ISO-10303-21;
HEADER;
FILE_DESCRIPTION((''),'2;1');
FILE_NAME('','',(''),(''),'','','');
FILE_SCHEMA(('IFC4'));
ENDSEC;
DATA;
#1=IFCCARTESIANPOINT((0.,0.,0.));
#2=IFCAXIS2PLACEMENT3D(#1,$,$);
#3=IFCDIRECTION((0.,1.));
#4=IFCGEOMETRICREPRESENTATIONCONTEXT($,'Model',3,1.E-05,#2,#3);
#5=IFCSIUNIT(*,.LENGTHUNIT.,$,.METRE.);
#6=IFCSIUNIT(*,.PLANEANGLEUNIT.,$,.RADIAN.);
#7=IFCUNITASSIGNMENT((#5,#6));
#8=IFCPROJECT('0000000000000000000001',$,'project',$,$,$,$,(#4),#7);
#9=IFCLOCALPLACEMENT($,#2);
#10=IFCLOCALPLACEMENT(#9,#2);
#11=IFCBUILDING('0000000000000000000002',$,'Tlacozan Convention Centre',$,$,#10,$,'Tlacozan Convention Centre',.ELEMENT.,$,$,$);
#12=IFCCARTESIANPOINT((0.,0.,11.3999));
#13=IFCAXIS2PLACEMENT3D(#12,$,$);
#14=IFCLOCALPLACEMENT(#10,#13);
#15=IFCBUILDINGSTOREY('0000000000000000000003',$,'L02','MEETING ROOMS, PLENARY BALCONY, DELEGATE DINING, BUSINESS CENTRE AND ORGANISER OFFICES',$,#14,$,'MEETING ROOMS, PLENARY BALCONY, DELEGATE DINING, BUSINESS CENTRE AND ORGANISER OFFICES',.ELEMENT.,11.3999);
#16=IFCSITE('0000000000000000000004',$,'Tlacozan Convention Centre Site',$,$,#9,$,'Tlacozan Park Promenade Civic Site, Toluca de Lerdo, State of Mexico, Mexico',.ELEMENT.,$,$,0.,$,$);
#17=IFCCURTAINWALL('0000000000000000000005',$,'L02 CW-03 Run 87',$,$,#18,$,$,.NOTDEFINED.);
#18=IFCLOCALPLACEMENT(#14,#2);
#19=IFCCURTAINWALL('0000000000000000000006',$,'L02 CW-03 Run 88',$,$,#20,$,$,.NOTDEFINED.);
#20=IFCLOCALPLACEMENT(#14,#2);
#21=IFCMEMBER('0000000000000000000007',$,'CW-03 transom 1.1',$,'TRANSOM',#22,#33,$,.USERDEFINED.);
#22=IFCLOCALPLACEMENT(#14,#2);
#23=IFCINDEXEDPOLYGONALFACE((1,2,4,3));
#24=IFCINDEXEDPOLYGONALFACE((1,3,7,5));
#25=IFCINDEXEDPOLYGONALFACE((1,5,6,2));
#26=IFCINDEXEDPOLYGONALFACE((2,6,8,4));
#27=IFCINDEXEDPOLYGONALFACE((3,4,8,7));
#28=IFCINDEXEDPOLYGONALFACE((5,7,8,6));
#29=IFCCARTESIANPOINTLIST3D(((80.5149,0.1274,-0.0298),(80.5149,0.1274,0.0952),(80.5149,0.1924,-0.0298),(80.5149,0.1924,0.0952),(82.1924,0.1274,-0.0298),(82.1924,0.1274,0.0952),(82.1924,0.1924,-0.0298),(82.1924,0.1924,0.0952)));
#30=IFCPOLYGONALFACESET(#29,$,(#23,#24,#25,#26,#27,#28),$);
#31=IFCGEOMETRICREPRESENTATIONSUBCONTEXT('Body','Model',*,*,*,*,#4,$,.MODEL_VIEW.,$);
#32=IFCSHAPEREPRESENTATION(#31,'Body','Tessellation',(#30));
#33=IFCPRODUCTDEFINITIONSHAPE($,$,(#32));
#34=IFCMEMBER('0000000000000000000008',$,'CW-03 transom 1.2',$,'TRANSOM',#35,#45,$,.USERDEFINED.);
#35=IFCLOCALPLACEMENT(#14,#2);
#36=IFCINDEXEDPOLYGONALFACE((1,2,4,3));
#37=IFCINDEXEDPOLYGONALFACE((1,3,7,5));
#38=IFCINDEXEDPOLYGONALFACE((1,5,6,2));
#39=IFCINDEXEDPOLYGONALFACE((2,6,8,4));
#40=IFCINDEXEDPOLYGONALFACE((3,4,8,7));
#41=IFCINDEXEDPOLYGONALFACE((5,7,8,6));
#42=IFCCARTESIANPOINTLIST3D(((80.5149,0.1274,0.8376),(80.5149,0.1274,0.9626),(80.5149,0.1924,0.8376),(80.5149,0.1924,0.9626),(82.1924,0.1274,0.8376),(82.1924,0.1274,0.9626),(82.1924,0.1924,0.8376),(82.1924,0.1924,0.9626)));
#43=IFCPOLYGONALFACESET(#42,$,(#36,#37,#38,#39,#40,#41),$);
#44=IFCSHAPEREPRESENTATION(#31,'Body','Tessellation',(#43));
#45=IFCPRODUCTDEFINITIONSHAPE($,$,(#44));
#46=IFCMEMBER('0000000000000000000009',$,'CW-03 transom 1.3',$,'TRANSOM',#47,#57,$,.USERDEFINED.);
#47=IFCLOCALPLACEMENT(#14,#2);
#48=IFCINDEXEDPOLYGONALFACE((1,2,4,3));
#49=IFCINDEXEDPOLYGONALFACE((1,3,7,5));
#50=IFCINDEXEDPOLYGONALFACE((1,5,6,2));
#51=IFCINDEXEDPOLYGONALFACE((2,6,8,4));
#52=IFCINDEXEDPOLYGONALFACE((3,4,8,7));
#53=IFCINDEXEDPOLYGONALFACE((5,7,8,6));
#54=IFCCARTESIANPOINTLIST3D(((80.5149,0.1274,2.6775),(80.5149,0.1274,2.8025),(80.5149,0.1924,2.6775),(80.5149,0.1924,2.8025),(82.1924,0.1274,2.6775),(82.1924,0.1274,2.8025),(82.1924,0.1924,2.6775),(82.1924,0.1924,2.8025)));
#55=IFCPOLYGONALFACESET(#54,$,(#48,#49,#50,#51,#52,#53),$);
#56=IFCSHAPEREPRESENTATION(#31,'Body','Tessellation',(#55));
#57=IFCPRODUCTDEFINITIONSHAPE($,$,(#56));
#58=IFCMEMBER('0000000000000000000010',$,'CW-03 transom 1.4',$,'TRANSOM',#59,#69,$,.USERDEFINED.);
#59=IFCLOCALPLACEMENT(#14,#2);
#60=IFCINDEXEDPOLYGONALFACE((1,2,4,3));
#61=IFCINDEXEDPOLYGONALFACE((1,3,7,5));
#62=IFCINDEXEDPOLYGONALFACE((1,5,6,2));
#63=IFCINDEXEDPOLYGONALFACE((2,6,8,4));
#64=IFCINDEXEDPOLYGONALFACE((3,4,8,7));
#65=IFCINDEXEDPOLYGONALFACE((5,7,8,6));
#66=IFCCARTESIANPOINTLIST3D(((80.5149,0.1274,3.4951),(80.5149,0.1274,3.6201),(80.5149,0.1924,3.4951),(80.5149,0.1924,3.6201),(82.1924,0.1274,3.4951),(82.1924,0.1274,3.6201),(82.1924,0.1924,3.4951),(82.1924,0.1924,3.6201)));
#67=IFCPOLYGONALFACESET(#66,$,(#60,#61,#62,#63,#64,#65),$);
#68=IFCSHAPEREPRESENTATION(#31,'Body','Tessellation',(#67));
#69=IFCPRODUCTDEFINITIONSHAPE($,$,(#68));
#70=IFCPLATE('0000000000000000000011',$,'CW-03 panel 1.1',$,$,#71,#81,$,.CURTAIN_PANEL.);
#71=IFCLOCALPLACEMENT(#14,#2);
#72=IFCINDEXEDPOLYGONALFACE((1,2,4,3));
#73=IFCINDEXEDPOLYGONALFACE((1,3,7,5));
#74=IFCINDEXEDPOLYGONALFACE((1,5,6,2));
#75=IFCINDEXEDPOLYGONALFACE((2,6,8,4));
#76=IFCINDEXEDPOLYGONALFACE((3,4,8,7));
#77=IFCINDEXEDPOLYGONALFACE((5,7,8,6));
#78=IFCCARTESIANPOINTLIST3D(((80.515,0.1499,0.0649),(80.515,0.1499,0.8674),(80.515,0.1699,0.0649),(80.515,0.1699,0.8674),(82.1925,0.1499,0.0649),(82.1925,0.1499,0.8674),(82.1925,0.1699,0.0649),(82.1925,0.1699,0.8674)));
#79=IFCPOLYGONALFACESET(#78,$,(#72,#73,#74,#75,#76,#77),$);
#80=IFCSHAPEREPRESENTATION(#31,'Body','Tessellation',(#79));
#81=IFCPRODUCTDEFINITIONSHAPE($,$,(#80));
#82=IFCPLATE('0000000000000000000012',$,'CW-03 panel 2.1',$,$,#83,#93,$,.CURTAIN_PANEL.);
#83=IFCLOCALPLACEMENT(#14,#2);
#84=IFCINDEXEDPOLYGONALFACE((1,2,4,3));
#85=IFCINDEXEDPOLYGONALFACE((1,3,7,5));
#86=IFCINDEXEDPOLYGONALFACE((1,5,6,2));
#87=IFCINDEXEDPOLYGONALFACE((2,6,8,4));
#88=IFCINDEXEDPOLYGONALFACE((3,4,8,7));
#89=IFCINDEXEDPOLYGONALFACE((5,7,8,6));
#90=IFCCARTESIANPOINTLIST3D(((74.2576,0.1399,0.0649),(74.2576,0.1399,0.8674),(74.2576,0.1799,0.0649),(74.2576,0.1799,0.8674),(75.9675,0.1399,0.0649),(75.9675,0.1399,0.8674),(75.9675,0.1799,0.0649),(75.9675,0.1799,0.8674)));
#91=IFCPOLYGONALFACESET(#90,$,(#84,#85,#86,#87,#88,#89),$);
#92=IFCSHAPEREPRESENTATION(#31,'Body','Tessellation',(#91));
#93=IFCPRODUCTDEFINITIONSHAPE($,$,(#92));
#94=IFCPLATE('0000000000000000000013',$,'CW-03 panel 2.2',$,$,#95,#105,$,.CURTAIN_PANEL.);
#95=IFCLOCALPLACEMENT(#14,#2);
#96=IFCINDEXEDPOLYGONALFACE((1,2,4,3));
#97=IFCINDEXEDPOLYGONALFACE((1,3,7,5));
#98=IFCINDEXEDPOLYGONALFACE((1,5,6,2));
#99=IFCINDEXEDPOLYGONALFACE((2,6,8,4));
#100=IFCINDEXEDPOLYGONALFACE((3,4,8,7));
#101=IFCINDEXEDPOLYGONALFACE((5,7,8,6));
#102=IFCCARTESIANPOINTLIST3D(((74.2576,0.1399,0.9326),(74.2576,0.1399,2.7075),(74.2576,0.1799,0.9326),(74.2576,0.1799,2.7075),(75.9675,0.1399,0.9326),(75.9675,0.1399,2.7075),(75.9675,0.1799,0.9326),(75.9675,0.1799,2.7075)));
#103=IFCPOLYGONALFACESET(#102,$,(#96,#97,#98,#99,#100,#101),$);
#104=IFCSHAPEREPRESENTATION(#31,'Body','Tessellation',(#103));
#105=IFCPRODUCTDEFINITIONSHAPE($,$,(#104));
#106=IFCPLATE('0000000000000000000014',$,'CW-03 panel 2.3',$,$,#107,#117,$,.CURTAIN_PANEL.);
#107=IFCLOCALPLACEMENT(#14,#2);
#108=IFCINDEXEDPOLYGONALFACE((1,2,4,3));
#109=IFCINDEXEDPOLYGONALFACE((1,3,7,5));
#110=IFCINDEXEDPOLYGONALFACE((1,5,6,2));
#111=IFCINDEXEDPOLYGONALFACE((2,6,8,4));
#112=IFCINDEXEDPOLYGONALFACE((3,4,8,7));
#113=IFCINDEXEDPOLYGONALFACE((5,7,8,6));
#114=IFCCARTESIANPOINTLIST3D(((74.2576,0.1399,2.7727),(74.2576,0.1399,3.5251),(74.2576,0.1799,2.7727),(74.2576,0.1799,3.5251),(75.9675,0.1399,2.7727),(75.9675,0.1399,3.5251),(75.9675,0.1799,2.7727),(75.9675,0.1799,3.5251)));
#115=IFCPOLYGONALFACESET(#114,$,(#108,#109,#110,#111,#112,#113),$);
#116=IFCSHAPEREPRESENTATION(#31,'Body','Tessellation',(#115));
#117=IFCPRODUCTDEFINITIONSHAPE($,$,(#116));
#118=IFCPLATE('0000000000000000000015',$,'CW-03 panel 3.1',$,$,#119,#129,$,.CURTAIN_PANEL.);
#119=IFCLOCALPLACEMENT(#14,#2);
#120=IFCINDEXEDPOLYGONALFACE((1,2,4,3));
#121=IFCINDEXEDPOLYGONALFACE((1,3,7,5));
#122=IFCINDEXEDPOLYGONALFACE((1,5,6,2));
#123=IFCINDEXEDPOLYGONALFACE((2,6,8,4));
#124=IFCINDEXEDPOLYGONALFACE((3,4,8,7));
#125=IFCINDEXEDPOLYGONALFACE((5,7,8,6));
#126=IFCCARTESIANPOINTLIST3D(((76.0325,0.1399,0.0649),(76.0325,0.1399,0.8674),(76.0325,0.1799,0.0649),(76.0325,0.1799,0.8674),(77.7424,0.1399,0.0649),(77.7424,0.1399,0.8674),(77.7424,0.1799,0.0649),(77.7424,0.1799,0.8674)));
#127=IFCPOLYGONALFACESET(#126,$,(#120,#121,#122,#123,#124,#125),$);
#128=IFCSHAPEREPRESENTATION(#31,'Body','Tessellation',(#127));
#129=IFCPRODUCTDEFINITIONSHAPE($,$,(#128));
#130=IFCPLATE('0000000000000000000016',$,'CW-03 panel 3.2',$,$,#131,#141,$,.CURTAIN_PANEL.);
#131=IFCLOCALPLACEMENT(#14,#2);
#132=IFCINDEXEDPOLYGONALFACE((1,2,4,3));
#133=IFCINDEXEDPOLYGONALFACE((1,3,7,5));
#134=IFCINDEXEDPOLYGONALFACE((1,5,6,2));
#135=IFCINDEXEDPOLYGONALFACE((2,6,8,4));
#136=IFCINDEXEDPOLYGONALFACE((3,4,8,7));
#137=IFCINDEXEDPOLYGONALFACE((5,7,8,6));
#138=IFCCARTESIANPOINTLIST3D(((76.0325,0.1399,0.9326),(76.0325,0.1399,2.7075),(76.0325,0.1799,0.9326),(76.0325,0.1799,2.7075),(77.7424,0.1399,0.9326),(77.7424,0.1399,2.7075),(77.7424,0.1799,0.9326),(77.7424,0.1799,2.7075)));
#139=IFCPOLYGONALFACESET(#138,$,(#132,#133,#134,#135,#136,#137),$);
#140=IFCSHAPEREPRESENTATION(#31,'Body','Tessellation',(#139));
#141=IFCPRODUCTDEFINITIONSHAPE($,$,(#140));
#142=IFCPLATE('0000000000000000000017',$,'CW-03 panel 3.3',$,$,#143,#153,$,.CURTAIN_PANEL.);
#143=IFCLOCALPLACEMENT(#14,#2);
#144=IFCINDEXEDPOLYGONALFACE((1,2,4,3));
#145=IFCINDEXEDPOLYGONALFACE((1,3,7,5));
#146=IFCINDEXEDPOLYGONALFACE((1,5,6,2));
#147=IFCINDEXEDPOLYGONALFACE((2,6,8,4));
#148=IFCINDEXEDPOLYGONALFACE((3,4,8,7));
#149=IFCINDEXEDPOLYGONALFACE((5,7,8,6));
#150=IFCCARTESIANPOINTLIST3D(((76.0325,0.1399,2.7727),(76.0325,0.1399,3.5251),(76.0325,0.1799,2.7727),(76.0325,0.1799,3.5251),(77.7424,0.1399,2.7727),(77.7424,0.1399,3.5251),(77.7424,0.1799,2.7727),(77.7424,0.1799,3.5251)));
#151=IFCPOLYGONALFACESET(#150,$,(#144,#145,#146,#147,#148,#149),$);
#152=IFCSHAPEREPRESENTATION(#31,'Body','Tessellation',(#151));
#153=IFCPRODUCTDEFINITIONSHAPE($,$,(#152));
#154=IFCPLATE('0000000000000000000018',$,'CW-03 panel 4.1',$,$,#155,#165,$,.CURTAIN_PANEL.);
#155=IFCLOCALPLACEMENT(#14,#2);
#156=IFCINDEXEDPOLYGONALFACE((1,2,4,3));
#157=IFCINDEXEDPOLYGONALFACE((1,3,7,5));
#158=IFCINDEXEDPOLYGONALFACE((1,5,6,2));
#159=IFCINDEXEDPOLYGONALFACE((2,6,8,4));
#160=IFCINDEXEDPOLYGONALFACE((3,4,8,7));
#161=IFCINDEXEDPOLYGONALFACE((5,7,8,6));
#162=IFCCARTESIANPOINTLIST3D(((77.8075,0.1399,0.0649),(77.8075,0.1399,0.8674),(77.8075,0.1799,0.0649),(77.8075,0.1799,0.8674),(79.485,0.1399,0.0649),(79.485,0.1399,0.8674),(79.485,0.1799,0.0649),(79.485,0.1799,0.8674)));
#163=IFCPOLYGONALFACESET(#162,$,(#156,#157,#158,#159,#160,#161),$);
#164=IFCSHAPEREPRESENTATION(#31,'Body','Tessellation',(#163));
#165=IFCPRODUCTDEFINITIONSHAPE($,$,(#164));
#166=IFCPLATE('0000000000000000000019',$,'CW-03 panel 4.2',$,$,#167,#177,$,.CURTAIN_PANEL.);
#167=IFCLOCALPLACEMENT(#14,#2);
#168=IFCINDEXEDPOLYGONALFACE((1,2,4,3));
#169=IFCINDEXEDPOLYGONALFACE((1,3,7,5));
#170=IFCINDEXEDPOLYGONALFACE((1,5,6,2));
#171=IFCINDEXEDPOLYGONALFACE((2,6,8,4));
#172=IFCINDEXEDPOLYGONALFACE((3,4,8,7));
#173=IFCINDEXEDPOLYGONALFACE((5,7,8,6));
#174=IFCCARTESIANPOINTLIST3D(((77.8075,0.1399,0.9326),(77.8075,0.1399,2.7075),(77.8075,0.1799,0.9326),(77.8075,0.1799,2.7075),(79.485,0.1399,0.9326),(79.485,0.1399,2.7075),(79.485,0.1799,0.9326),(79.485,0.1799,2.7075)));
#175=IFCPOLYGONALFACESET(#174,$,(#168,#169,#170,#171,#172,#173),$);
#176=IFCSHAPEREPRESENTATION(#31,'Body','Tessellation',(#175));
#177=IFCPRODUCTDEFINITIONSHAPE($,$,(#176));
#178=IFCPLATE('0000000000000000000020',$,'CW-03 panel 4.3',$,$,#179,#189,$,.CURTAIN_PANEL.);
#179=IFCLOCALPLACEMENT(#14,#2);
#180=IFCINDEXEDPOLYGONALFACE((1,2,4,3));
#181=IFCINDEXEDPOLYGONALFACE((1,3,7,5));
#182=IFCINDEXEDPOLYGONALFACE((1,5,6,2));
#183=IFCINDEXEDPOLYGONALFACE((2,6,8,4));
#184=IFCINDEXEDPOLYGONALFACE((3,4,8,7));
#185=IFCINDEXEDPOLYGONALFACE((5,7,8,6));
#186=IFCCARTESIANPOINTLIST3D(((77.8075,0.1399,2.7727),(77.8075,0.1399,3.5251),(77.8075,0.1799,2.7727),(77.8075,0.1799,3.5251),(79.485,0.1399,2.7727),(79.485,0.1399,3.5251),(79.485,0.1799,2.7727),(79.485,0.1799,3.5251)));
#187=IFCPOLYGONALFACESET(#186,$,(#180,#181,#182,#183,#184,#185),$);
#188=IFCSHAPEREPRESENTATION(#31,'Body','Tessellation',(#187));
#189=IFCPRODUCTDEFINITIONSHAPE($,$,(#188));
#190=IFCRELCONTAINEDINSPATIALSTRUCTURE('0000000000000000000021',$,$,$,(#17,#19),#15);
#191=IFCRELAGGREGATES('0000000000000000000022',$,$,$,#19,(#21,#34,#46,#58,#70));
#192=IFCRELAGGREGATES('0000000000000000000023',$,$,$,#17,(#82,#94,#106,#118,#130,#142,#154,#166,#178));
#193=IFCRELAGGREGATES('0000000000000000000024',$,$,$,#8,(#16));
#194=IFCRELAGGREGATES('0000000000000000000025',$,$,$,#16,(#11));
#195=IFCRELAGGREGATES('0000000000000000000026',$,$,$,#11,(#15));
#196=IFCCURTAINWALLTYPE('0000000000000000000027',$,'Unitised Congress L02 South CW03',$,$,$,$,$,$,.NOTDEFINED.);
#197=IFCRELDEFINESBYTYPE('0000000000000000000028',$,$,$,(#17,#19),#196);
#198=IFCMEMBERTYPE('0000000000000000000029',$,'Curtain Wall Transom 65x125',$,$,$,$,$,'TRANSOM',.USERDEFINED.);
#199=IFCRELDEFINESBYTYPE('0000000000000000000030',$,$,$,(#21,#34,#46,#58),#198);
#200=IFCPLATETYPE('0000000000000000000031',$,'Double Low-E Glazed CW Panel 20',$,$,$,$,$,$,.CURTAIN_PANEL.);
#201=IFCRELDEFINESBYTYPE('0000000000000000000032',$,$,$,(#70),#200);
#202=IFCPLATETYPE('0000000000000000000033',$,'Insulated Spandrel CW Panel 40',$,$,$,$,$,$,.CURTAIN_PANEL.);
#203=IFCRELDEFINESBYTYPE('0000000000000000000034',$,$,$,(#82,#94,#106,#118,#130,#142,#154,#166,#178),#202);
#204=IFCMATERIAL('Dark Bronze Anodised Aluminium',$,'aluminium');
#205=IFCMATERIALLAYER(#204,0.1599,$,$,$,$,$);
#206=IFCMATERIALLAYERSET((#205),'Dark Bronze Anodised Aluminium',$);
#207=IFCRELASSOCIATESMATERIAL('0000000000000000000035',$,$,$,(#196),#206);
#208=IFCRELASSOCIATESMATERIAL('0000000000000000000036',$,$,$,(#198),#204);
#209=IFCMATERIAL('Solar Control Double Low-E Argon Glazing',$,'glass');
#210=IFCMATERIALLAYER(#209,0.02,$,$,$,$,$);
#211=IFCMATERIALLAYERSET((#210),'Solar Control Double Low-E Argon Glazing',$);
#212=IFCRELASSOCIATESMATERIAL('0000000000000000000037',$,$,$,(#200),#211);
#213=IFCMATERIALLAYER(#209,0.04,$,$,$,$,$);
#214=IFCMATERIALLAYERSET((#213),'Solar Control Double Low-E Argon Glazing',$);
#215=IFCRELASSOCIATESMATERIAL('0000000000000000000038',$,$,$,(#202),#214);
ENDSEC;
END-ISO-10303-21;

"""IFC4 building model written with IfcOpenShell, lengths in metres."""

from ifc_helpers import new_model, si_unit, direction, frame, origin, origin_2d, place, context, subcontext, project, spatial, rectangle, extrude, material, layer, layer_set, material_profile, profile_set, type_object, element, aggregate, save


model = new_model("IFC4")

# Units and contexts
model_context = context("Model", 3, precision=1e-05, world=origin(), true_north=direction((0.0, 1.0)))
body_context = subcontext(model_context, "Body", "Model", "MODEL_VIEW")
ifc_project = project(units=[si_unit("LENGTHUNIT", "METRE"), si_unit("PLANEANGLEUNIT", "RADIAN")], contexts=[model_context])

# Site, building, storey
site_placement = place(None, origin())
site = spatial("IfcSite", under=ifc_project, at=site_placement, Name="Tlacozan Convention Centre Site", LongName="Tlacozan Park Promenade Civic Site, Toluca de Lerdo, State of Mexico, Mexico", CompositionType="ELEMENT", RefElevation=0.0)
building_placement = place(site_placement, origin())
building = spatial("IfcBuilding", under=site, at=building_placement, Name="Tlacozan Convention Centre", LongName="Tlacozan Convention Centre", CompositionType="ELEMENT")
storey_placement = place(building_placement, frame((0.0, 0.0, 11.3999)))
storey = spatial("IfcBuildingStorey", under=building, at=storey_placement, Name="L02", Description="MEETING ROOMS, PLENARY BALCONY, DELEGATE DINING, BUSINESS CENTRE AND ORGANISER OFFICES", LongName="MEETING ROOMS, PLENARY BALCONY, DELEGATE DINING, BUSINESS CENTRE AND ORGANISER OFFICES", CompositionType="ELEMENT", Elevation=11.3999)

# Curtain wall
ifc_material_1 = material(Name="Dark Bronze Anodised Aluminium", Category="aluminium")
ifc_layer_1 = layer(ifc_material_1, 0.1599)
ifc_layer_set_1 = layer_set([ifc_layer_1], Name="Dark Bronze Anodised Aluminium")
curtain_wall_type = type_object("IfcCurtainWallType", Name="Unitised Congress L02 South CW03", PredefinedType="NOTDEFINED", material=ifc_layer_set_1)
curtain_wall_1_placement = place(storey_placement, origin())
curtain_wall_1 = element("IfcCurtainWall", 1, at=curtain_wall_1_placement, inside=storey, type_object=curtain_wall_type, Name="L02 CW-03 Run 87", PredefinedType="NOTDEFINED")

# Curtain wall
curtain_wall_2_placement = place(storey_placement, origin())
curtain_wall_2 = element("IfcCurtainWall", 2, at=curtain_wall_2_placement, inside=storey, type_object=curtain_wall_type, Name="L02 CW-03 Run 88", PredefinedType="NOTDEFINED")

# Members
ifc_material_profile_1 = material_profile(ifc_material_1, rectangle(XDim=0.0649, YDim=0.125, at=origin_2d()), Name="ALU 65x125")
ifc_profile_set_1 = profile_set([ifc_material_profile_1], Name="Dark Bronze Anodised Aluminium")
member_type_1 = type_object("IfcMemberType", Name="Curtain Wall Transom 65x125", ElementType="TRANSOM", PredefinedType="USERDEFINED", material=ifc_profile_set_1)
member_1_placement = place(storey_placement, frame((80.5149, 0.1599, 0.0327), z_axis=(1.0, 0.0, 0.0), x_axis=(0.0, 1.0, 0.0)))
member_1 = element("IfcMember", 3, at=member_1_placement, type_object=member_type_1, Name="CW-03 transom 1.1", ObjectType="TRANSOM", PredefinedType="USERDEFINED", context=body_context, shape_type="SweptSolid", body=[
    extrude(rectangle(XDim=0.0649, YDim=0.125, at=origin_2d()), origin(), (0.0, 0.0, 1.0), 1.6775),
])
member_2_placement = place(storey_placement, frame((80.5149, 0.1599, 0.9001), z_axis=(1.0, 0.0, 0.0), x_axis=(0.0, 1.0, 0.0)))
member_2 = element("IfcMember", 4, at=member_2_placement, type_object=member_type_1, Name="CW-03 transom 1.2", ObjectType="TRANSOM", PredefinedType="USERDEFINED", context=body_context, shape_type="SweptSolid", body=[
    extrude(rectangle(XDim=0.0649, YDim=0.125, at=origin_2d()), origin(), (0.0, 0.0, 1.0), 1.6775),
])
member_3_placement = place(storey_placement, frame((80.5149, 0.1599, 2.74), z_axis=(1.0, 0.0, 0.0), x_axis=(0.0, 1.0, 0.0)))
member_3 = element("IfcMember", 5, at=member_3_placement, type_object=member_type_1, Name="CW-03 transom 1.3", ObjectType="TRANSOM", PredefinedType="USERDEFINED", context=body_context, shape_type="SweptSolid", body=[
    extrude(rectangle(XDim=0.0649, YDim=0.125, at=origin_2d()), origin(), (0.0, 0.0, 1.0), 1.6775),
])
member_4_placement = place(storey_placement, frame((80.5149, 0.1599, 3.5576), z_axis=(1.0, 0.0, 0.0), x_axis=(0.0, 1.0, 0.0)))
member_4 = element("IfcMember", 6, at=member_4_placement, type_object=member_type_1, Name="CW-03 transom 1.4", ObjectType="TRANSOM", PredefinedType="USERDEFINED", context=body_context, shape_type="SweptSolid", body=[
    extrude(rectangle(XDim=0.0649, YDim=0.125, at=origin_2d()), origin(), (0.0, 0.0, 1.0), 1.6775),
])

# Plates
ifc_material_2 = material(Name="Solar Control Double Low-E Argon Glazing", Category="glass")
ifc_layer_2 = layer(ifc_material_2, 0.02)
ifc_layer_set_2 = layer_set([ifc_layer_2], Name="Solar Control Double Low-E Argon Glazing")
plate_type_1 = type_object("IfcPlateType", Name="Double Low-E Glazed CW Panel 20", PredefinedType="CURTAIN_PANEL", material=ifc_layer_set_2)
plate_1_placement = place(storey_placement, frame((81.3538, 0.1599, 0.0649), z_axis=(0.0, 0.0, 1.0), x_axis=(1.0, 0.0, 0.0)))
plate_1 = element("IfcPlate", 7, at=plate_1_placement, type_object=plate_type_1, Name="CW-03 panel 1.1", PredefinedType="CURTAIN_PANEL", context=body_context, shape_type="SweptSolid", body=[
    extrude(rectangle(XDim=1.6775, YDim=0.02, at=origin_2d()), origin(), (0.0, 0.0, 1.0), 0.8025),
])
aggregate(curtain_wall_2, [member_1, member_2, member_3, member_4, plate_1])
ifc_layer_3 = layer(ifc_material_2, 0.04)
ifc_layer_set_3 = layer_set([ifc_layer_3], Name="Solar Control Double Low-E Argon Glazing")
plate_type_2 = type_object("IfcPlateType", Name="Insulated Spandrel CW Panel 40", PredefinedType="CURTAIN_PANEL", material=ifc_layer_set_3)
plate_2_placement = place(storey_placement, frame((75.1125, 0.1599, 0.0649), z_axis=(0.0, 0.0, 1.0), x_axis=(1.0, 0.0, 0.0)))
plate_2 = element("IfcPlate", 8, at=plate_2_placement, type_object=plate_type_2, Name="CW-03 panel 2.1", PredefinedType="CURTAIN_PANEL", context=body_context, shape_type="SweptSolid", body=[
    extrude(rectangle(XDim=1.71, YDim=0.04, at=origin_2d()), origin(), (0.0, 0.0, 1.0), 0.8025),
])
plate_3_placement = place(storey_placement, frame((75.1125, 0.1599, 0.9326), z_axis=(0.0, 0.0, 1.0), x_axis=(1.0, 0.0, 0.0)))
plate_3 = element("IfcPlate", 9, at=plate_3_placement, type_object=plate_type_2, Name="CW-03 panel 2.2", PredefinedType="CURTAIN_PANEL", context=body_context, shape_type="SweptSolid", body=[
    extrude(rectangle(XDim=1.71, YDim=0.04, at=origin_2d()), origin(), (0.0, 0.0, 1.0), 1.7749),
])
plate_4_placement = place(storey_placement, frame((75.1125, 0.1599, 2.7727), z_axis=(0.0, 0.0, 1.0), x_axis=(1.0, 0.0, 0.0)))
plate_4 = element("IfcPlate", 10, at=plate_4_placement, type_object=plate_type_2, Name="CW-03 panel 2.3", PredefinedType="CURTAIN_PANEL", context=body_context, shape_type="SweptSolid", body=[
    extrude(rectangle(XDim=1.71, YDim=0.04, at=origin_2d()), origin(), (0.0, 0.0, 1.0), 0.7524),
])
plate_5_placement = place(storey_placement, frame((76.8875, 0.1599, 0.0649), z_axis=(0.0, 0.0, 1.0), x_axis=(1.0, 0.0, 0.0)))
plate_5 = element("IfcPlate", 11, at=plate_5_placement, type_object=plate_type_2, Name="CW-03 panel 3.1", PredefinedType="CURTAIN_PANEL", context=body_context, shape_type="SweptSolid", body=[
    extrude(rectangle(XDim=1.71, YDim=0.04, at=origin_2d()), origin(), (0.0, 0.0, 1.0), 0.8025),
])
plate_6_placement = place(storey_placement, frame((76.8875, 0.1599, 0.9326), z_axis=(0.0, 0.0, 1.0), x_axis=(1.0, 0.0, 0.0)))
plate_6 = element("IfcPlate", 12, at=plate_6_placement, type_object=plate_type_2, Name="CW-03 panel 3.2", PredefinedType="CURTAIN_PANEL", context=body_context, shape_type="SweptSolid", body=[
    extrude(rectangle(XDim=1.71, YDim=0.04, at=origin_2d()), origin(), (0.0, 0.0, 1.0), 1.7749),
])
plate_7_placement = place(storey_placement, frame((76.8875, 0.1599, 2.7727), z_axis=(0.0, 0.0, 1.0), x_axis=(1.0, 0.0, 0.0)))
plate_7 = element("IfcPlate", 13, at=plate_7_placement, type_object=plate_type_2, Name="CW-03 panel 3.3", PredefinedType="CURTAIN_PANEL", context=body_context, shape_type="SweptSolid", body=[
    extrude(rectangle(XDim=1.71, YDim=0.04, at=origin_2d()), origin(), (0.0, 0.0, 1.0), 0.7524),
])
plate_8_placement = place(storey_placement, frame((78.6462, 0.1599, 0.0649), z_axis=(0.0, 0.0, 1.0), x_axis=(1.0, 0.0, 0.0)))
plate_8 = element("IfcPlate", 14, at=plate_8_placement, type_object=plate_type_2, Name="CW-03 panel 4.1", PredefinedType="CURTAIN_PANEL", context=body_context, shape_type="SweptSolid", body=[
    extrude(rectangle(XDim=1.6775, YDim=0.04, at=origin_2d()), origin(), (0.0, 0.0, 1.0), 0.8025),
])
plate_9_placement = place(storey_placement, frame((78.6462, 0.1599, 0.9326), z_axis=(0.0, 0.0, 1.0), x_axis=(1.0, 0.0, 0.0)))
plate_9 = element("IfcPlate", 15, at=plate_9_placement, type_object=plate_type_2, Name="CW-03 panel 4.2", PredefinedType="CURTAIN_PANEL", context=body_context, shape_type="SweptSolid", body=[
    extrude(rectangle(XDim=1.6775, YDim=0.04, at=origin_2d()), origin(), (0.0, 0.0, 1.0), 1.7749),
])
plate_10_placement = place(storey_placement, frame((78.6462, 0.1599, 2.7727), z_axis=(0.0, 0.0, 1.0), x_axis=(1.0, 0.0, 0.0)))
plate_10 = element("IfcPlate", 16, at=plate_10_placement, type_object=plate_type_2, Name="CW-03 panel 4.3", PredefinedType="CURTAIN_PANEL", context=body_context, shape_type="SweptSolid", body=[
    extrude(rectangle(XDim=1.6775, YDim=0.04, at=origin_2d()), origin(), (0.0, 0.0, 1.0), 0.7524),
])
aggregate(curtain_wall_1, [plate_2, plate_3, plate_4, plate_5, plate_6, plate_7, plate_8, plate_9, plate_10])

save(model, "model.ifc")
